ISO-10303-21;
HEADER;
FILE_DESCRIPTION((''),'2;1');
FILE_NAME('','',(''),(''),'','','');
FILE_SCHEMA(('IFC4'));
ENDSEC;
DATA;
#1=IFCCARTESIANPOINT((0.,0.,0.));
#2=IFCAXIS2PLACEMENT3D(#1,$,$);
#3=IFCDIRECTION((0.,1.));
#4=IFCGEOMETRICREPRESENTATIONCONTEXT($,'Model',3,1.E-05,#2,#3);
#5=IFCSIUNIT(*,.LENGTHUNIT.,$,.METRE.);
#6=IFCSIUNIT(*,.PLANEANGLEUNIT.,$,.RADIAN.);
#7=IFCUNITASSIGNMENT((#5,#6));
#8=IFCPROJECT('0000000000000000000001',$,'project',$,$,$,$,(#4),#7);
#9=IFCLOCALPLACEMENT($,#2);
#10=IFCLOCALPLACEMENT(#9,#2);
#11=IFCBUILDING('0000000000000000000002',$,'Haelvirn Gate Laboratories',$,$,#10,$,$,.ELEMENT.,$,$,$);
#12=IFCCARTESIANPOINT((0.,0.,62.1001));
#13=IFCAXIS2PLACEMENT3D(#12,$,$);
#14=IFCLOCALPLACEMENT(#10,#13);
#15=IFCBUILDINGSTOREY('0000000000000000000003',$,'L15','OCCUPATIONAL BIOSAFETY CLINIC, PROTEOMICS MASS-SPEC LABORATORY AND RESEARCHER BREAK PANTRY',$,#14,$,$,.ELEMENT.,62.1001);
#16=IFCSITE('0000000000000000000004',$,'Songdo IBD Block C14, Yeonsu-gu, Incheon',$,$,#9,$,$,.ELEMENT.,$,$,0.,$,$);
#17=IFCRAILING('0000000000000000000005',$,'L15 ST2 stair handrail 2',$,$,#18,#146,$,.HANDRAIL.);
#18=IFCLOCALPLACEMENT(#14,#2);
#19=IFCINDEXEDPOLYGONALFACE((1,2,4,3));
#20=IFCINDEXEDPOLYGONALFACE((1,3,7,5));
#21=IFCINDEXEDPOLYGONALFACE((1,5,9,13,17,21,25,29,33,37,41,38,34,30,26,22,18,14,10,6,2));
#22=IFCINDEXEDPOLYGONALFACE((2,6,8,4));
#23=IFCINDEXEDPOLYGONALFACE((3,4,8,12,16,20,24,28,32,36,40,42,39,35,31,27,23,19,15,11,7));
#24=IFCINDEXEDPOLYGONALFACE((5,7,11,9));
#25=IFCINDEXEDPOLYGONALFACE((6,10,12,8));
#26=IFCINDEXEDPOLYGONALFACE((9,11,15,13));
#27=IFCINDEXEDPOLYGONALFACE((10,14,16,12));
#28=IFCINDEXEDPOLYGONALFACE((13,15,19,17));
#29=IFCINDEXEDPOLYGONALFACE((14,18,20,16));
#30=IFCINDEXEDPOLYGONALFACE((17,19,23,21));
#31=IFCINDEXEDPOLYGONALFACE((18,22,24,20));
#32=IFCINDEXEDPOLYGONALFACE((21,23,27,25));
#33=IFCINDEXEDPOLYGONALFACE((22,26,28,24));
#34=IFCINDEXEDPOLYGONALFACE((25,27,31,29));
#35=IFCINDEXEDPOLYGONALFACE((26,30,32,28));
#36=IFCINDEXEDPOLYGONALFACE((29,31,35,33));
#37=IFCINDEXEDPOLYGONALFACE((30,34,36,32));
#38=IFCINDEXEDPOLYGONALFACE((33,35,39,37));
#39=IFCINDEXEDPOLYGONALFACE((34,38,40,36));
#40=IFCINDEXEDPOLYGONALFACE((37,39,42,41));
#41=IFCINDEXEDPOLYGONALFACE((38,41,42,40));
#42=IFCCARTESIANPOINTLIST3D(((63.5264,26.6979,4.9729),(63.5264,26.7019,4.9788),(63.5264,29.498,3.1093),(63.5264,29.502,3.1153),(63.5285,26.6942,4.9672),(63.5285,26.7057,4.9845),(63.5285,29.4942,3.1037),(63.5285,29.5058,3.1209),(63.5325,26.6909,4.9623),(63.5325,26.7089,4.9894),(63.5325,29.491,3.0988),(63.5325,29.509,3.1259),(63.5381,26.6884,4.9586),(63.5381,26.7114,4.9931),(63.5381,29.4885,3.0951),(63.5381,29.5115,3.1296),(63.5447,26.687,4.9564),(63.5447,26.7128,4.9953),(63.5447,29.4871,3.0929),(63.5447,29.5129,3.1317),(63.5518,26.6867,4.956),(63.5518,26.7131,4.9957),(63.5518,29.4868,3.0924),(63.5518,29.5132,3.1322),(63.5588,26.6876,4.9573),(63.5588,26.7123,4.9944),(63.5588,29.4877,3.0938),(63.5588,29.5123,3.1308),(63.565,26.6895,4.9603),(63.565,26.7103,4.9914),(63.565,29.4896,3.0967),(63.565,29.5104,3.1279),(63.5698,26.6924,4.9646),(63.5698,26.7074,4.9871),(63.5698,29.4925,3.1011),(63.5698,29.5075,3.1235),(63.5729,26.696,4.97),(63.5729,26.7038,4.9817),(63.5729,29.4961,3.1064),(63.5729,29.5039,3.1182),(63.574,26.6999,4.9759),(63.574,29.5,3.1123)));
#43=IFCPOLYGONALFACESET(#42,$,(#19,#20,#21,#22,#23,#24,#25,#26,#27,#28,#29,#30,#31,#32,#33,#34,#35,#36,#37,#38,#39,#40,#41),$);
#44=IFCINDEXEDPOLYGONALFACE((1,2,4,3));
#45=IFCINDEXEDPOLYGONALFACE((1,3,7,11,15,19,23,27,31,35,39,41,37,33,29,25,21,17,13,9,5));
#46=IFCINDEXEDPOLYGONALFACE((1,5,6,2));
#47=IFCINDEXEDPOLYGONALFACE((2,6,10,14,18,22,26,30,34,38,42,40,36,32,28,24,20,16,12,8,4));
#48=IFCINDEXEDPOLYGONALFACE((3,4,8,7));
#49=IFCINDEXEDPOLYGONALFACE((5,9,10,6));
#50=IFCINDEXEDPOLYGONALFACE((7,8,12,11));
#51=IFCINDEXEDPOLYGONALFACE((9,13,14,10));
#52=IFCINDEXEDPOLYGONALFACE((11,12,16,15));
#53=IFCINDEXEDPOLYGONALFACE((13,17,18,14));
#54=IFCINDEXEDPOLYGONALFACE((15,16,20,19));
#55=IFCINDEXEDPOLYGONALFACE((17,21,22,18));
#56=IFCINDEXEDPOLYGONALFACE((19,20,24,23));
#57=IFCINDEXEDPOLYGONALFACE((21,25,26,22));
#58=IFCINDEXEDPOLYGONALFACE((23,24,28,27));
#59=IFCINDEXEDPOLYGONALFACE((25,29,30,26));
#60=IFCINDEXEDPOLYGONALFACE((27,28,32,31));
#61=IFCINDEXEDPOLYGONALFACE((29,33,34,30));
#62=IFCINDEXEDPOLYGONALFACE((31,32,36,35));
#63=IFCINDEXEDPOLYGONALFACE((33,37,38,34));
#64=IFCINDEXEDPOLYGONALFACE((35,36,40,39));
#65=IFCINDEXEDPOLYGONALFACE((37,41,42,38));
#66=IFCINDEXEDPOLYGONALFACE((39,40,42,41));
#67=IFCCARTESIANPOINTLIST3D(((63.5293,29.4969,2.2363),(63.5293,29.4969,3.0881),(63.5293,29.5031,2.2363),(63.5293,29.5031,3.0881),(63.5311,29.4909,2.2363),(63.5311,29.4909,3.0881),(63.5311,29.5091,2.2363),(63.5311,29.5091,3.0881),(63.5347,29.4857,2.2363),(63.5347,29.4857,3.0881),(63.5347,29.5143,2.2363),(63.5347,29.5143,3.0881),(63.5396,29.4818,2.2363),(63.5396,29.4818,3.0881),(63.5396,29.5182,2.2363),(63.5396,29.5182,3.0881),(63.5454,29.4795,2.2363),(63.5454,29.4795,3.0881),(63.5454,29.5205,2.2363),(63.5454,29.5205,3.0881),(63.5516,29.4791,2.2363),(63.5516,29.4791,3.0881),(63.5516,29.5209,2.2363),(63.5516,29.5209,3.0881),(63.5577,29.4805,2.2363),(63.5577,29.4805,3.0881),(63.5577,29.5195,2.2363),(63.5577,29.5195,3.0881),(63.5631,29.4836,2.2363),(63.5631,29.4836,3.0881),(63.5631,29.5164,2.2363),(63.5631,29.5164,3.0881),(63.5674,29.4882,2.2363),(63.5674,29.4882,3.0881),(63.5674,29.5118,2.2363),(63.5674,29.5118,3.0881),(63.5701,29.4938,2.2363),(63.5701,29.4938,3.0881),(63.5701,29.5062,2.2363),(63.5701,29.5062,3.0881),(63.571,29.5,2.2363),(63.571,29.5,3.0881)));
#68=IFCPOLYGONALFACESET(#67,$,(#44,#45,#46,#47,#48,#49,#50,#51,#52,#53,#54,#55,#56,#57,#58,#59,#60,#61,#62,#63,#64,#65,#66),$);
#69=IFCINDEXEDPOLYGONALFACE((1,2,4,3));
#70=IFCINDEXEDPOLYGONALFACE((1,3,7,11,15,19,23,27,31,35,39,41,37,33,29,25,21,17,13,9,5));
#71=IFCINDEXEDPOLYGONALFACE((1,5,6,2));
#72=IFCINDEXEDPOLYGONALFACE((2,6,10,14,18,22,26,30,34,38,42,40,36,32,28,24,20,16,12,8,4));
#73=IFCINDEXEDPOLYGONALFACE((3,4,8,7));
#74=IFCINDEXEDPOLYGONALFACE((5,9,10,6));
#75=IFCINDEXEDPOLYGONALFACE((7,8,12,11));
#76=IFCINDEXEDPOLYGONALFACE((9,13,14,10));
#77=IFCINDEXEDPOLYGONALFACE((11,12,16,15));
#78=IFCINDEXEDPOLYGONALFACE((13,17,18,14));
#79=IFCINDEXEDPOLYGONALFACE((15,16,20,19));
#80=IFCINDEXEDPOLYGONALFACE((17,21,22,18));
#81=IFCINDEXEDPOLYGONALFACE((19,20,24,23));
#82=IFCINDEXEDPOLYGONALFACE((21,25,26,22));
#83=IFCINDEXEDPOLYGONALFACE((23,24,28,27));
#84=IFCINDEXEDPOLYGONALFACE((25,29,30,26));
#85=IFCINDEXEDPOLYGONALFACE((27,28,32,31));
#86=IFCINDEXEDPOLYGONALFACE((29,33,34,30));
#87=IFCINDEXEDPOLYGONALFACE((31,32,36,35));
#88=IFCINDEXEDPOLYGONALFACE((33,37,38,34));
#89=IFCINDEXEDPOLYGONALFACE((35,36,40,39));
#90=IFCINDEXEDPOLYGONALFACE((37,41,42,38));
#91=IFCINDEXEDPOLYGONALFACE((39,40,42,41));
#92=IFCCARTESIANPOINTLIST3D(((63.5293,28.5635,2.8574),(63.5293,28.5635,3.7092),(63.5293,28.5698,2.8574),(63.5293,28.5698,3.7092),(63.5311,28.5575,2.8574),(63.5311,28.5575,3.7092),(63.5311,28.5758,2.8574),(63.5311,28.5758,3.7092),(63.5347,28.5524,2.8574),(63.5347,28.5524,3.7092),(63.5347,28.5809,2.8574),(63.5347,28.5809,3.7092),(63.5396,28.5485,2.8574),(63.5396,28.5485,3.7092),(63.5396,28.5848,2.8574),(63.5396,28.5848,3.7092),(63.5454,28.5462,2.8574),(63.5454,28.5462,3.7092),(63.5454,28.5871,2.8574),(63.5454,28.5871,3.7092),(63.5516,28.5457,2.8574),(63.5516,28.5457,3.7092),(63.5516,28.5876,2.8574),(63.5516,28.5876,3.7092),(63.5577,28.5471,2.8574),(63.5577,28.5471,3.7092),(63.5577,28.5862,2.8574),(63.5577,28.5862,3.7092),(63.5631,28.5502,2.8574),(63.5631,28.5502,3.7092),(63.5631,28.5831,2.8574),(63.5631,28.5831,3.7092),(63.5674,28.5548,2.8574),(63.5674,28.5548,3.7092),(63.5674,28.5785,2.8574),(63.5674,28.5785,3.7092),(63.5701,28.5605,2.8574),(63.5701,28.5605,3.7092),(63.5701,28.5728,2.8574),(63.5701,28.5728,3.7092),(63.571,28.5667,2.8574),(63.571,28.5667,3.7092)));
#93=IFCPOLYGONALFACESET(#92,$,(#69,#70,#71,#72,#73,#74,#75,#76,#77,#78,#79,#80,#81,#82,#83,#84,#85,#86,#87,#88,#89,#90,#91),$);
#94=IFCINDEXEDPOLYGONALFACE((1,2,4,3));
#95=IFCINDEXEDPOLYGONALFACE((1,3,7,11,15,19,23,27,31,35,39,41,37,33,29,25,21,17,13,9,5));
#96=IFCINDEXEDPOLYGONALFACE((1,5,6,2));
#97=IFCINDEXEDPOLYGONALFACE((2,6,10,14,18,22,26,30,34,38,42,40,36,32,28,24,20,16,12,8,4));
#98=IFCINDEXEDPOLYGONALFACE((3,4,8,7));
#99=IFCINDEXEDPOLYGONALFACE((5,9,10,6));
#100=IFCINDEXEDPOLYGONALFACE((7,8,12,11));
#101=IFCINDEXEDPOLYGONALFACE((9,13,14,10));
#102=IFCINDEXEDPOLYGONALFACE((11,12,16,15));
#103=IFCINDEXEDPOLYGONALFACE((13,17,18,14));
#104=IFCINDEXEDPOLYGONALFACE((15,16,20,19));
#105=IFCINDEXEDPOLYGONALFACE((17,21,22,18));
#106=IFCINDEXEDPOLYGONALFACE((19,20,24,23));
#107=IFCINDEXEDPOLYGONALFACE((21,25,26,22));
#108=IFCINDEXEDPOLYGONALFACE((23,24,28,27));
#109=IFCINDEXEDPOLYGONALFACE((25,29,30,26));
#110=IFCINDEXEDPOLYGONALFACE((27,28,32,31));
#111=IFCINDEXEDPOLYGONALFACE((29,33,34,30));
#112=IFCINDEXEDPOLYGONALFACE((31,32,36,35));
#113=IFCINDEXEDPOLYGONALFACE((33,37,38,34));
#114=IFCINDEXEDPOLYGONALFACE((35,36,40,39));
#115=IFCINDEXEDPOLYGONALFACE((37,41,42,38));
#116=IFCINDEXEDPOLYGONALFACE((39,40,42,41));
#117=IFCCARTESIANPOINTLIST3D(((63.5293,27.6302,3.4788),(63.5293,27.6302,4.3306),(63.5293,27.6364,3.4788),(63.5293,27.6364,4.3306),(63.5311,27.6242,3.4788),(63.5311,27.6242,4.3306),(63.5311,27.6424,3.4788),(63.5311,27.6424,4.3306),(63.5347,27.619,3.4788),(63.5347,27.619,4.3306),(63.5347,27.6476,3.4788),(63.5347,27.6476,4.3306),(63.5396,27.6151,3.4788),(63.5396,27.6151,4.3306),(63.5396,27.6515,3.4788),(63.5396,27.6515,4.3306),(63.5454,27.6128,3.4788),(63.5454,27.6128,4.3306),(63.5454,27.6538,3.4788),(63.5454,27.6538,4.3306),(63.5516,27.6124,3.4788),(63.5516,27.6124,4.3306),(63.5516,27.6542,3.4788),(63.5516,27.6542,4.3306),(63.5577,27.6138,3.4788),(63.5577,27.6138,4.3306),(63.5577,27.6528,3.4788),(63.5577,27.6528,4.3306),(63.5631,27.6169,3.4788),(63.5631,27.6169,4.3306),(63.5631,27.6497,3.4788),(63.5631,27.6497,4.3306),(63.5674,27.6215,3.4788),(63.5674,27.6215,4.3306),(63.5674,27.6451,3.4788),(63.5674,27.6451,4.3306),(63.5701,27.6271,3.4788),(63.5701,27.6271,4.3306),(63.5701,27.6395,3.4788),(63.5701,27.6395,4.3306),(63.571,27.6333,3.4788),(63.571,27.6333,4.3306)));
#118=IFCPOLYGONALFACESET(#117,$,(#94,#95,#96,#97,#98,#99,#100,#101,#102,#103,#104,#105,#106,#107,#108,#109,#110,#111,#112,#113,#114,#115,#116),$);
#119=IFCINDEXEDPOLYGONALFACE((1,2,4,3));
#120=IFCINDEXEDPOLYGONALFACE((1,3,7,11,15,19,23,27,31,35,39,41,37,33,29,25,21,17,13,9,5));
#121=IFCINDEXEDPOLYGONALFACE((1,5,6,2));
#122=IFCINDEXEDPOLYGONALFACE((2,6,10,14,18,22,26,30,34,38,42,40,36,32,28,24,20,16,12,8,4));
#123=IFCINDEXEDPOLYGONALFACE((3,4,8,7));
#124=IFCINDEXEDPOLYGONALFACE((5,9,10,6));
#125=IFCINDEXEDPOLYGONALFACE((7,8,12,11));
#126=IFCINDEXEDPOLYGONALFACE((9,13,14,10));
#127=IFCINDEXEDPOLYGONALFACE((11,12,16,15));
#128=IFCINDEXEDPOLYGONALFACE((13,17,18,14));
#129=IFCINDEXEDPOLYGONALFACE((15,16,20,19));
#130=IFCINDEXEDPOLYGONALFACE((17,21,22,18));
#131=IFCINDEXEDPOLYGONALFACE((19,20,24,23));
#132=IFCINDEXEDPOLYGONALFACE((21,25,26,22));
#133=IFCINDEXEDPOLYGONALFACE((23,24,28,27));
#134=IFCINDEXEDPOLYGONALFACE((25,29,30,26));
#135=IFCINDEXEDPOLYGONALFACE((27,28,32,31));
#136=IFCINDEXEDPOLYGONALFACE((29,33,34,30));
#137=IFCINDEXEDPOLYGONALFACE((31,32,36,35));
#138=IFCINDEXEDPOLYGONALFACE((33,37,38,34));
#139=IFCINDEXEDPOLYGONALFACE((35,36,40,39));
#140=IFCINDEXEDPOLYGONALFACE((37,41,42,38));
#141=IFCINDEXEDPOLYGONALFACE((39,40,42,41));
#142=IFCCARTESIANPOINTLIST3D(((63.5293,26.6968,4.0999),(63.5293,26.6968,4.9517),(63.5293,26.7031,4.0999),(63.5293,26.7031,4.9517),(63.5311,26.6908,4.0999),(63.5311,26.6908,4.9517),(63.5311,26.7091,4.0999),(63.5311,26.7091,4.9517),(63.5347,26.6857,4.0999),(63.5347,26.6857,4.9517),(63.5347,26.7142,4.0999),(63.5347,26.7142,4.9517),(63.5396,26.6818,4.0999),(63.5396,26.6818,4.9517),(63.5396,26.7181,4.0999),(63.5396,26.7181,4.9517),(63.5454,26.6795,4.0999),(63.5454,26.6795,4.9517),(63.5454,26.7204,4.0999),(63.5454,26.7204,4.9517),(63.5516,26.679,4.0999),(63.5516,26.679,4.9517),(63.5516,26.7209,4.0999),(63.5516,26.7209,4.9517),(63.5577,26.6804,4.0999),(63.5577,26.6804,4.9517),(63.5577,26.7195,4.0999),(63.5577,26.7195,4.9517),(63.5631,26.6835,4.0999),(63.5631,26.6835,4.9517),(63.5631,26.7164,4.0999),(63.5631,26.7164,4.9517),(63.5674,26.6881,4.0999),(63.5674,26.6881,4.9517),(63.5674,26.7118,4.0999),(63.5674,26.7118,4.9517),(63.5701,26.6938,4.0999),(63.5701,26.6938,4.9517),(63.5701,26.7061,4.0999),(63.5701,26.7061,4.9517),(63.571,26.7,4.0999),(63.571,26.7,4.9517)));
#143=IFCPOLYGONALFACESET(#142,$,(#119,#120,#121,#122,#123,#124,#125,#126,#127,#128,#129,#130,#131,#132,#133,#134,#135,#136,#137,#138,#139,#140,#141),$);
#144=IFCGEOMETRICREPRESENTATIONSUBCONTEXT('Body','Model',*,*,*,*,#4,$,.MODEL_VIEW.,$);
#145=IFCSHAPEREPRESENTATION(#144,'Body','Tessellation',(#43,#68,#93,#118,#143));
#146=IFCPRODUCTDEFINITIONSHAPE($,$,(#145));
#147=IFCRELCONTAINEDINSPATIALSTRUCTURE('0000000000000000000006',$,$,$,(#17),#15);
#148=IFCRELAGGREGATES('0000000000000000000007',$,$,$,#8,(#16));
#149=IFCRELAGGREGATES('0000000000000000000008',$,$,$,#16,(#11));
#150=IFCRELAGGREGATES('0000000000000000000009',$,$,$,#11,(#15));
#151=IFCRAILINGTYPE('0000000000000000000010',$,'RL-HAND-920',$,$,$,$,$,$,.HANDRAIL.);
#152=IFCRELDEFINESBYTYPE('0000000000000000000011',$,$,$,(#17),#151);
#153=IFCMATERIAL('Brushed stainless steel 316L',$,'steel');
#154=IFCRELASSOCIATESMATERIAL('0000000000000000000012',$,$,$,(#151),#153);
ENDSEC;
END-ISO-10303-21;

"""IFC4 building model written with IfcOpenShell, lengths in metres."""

from ifc_helpers import new_model, si_unit, direction, frame, origin, origin_2d, place, context, subcontext, project, spatial, circle, extrude, source, transform, mapped, material, type_object, element, save


model = new_model("IFC4")

# Units and contexts
model_context = context("Model", 3, precision=1e-05, world=origin(), true_north=direction((0.0, 1.0)))
body_context = subcontext(model_context, "Body", "Model", "MODEL_VIEW")
ifc_project = project(units=[si_unit("LENGTHUNIT", "METRE"), si_unit("PLANEANGLEUNIT", "RADIAN")], contexts=[model_context])

# Site, building, storey
site_placement = place(None, origin())
site = spatial("IfcSite", under=ifc_project, at=site_placement, Name="Songdo IBD Block C14, Yeonsu-gu, Incheon", CompositionType="ELEMENT", RefElevation=0.0)
building_placement = place(site_placement, origin())
building = spatial("IfcBuilding", under=site, at=building_placement, Name="Haelvirn Gate Laboratories", CompositionType="ELEMENT")
storey_placement = place(building_placement, frame((0.0, 0.0, 62.1001)))
storey = spatial("IfcBuildingStorey", under=building, at=storey_placement, Name="L15", Description="OCCUPATIONAL BIOSAFETY CLINIC, PROTEOMICS MASS-SPEC LABORATORY AND RESEARCHER BREAK PANTRY", CompositionType="ELEMENT", Elevation=62.1001)

# Railing
ifc_material_1 = material(Name="Brushed stainless steel 316L", Category="steel")
railing_type_1 = type_object("IfcRailingType", Name="RL-HAND-920", PredefinedType="HANDRAIL", material=ifc_material_1)
shared_shape_1 = source(origin(), body_context, "Body", "SweptSolid", [
    extrude(circle(Radius=0.0239, at=origin_2d()), frame((0.0, 0.0, 0.876), z_axis=(0.0, -0.832486, 0.554047), x_axis=(1.0, 0.0, 0.0)), (0.0, 0.0, 1.0), 3.3635),
    extrude(circle(Radius=0.021, at=origin_2d()), origin(), (0.0, 0.0, 1.0), 0.8518),
    extrude(circle(Radius=0.021, at=origin_2d()), frame((0.0, -0.9333, 0.6211)), (0.0, 0.0, 1.0), 0.8518),
    extrude(circle(Radius=0.021, at=origin_2d()), frame((0.0, -1.8667, 1.2424)), (0.0, 0.0, 1.0), 0.8518),
    extrude(circle(Radius=0.021, at=origin_2d()), frame((0.0, -2.8, 1.8635)), (0.0, 0.0, 1.0), 0.8518),
])
railing_1_placement = place(storey_placement, frame((63.55, 29.5, 2.2363)))
element("IfcRailing", 1, at=railing_1_placement, inside=storey, type_object=railing_type_1, Name="L15 ST2 stair handrail 2", PredefinedType="HANDRAIL", context=body_context, shape_type="MappedRepresentation", body=[
    mapped(shared_shape_1, transform((0.0, 0.0, 0.0), scale=1.0)),
])

save(model, "model.ifc")
